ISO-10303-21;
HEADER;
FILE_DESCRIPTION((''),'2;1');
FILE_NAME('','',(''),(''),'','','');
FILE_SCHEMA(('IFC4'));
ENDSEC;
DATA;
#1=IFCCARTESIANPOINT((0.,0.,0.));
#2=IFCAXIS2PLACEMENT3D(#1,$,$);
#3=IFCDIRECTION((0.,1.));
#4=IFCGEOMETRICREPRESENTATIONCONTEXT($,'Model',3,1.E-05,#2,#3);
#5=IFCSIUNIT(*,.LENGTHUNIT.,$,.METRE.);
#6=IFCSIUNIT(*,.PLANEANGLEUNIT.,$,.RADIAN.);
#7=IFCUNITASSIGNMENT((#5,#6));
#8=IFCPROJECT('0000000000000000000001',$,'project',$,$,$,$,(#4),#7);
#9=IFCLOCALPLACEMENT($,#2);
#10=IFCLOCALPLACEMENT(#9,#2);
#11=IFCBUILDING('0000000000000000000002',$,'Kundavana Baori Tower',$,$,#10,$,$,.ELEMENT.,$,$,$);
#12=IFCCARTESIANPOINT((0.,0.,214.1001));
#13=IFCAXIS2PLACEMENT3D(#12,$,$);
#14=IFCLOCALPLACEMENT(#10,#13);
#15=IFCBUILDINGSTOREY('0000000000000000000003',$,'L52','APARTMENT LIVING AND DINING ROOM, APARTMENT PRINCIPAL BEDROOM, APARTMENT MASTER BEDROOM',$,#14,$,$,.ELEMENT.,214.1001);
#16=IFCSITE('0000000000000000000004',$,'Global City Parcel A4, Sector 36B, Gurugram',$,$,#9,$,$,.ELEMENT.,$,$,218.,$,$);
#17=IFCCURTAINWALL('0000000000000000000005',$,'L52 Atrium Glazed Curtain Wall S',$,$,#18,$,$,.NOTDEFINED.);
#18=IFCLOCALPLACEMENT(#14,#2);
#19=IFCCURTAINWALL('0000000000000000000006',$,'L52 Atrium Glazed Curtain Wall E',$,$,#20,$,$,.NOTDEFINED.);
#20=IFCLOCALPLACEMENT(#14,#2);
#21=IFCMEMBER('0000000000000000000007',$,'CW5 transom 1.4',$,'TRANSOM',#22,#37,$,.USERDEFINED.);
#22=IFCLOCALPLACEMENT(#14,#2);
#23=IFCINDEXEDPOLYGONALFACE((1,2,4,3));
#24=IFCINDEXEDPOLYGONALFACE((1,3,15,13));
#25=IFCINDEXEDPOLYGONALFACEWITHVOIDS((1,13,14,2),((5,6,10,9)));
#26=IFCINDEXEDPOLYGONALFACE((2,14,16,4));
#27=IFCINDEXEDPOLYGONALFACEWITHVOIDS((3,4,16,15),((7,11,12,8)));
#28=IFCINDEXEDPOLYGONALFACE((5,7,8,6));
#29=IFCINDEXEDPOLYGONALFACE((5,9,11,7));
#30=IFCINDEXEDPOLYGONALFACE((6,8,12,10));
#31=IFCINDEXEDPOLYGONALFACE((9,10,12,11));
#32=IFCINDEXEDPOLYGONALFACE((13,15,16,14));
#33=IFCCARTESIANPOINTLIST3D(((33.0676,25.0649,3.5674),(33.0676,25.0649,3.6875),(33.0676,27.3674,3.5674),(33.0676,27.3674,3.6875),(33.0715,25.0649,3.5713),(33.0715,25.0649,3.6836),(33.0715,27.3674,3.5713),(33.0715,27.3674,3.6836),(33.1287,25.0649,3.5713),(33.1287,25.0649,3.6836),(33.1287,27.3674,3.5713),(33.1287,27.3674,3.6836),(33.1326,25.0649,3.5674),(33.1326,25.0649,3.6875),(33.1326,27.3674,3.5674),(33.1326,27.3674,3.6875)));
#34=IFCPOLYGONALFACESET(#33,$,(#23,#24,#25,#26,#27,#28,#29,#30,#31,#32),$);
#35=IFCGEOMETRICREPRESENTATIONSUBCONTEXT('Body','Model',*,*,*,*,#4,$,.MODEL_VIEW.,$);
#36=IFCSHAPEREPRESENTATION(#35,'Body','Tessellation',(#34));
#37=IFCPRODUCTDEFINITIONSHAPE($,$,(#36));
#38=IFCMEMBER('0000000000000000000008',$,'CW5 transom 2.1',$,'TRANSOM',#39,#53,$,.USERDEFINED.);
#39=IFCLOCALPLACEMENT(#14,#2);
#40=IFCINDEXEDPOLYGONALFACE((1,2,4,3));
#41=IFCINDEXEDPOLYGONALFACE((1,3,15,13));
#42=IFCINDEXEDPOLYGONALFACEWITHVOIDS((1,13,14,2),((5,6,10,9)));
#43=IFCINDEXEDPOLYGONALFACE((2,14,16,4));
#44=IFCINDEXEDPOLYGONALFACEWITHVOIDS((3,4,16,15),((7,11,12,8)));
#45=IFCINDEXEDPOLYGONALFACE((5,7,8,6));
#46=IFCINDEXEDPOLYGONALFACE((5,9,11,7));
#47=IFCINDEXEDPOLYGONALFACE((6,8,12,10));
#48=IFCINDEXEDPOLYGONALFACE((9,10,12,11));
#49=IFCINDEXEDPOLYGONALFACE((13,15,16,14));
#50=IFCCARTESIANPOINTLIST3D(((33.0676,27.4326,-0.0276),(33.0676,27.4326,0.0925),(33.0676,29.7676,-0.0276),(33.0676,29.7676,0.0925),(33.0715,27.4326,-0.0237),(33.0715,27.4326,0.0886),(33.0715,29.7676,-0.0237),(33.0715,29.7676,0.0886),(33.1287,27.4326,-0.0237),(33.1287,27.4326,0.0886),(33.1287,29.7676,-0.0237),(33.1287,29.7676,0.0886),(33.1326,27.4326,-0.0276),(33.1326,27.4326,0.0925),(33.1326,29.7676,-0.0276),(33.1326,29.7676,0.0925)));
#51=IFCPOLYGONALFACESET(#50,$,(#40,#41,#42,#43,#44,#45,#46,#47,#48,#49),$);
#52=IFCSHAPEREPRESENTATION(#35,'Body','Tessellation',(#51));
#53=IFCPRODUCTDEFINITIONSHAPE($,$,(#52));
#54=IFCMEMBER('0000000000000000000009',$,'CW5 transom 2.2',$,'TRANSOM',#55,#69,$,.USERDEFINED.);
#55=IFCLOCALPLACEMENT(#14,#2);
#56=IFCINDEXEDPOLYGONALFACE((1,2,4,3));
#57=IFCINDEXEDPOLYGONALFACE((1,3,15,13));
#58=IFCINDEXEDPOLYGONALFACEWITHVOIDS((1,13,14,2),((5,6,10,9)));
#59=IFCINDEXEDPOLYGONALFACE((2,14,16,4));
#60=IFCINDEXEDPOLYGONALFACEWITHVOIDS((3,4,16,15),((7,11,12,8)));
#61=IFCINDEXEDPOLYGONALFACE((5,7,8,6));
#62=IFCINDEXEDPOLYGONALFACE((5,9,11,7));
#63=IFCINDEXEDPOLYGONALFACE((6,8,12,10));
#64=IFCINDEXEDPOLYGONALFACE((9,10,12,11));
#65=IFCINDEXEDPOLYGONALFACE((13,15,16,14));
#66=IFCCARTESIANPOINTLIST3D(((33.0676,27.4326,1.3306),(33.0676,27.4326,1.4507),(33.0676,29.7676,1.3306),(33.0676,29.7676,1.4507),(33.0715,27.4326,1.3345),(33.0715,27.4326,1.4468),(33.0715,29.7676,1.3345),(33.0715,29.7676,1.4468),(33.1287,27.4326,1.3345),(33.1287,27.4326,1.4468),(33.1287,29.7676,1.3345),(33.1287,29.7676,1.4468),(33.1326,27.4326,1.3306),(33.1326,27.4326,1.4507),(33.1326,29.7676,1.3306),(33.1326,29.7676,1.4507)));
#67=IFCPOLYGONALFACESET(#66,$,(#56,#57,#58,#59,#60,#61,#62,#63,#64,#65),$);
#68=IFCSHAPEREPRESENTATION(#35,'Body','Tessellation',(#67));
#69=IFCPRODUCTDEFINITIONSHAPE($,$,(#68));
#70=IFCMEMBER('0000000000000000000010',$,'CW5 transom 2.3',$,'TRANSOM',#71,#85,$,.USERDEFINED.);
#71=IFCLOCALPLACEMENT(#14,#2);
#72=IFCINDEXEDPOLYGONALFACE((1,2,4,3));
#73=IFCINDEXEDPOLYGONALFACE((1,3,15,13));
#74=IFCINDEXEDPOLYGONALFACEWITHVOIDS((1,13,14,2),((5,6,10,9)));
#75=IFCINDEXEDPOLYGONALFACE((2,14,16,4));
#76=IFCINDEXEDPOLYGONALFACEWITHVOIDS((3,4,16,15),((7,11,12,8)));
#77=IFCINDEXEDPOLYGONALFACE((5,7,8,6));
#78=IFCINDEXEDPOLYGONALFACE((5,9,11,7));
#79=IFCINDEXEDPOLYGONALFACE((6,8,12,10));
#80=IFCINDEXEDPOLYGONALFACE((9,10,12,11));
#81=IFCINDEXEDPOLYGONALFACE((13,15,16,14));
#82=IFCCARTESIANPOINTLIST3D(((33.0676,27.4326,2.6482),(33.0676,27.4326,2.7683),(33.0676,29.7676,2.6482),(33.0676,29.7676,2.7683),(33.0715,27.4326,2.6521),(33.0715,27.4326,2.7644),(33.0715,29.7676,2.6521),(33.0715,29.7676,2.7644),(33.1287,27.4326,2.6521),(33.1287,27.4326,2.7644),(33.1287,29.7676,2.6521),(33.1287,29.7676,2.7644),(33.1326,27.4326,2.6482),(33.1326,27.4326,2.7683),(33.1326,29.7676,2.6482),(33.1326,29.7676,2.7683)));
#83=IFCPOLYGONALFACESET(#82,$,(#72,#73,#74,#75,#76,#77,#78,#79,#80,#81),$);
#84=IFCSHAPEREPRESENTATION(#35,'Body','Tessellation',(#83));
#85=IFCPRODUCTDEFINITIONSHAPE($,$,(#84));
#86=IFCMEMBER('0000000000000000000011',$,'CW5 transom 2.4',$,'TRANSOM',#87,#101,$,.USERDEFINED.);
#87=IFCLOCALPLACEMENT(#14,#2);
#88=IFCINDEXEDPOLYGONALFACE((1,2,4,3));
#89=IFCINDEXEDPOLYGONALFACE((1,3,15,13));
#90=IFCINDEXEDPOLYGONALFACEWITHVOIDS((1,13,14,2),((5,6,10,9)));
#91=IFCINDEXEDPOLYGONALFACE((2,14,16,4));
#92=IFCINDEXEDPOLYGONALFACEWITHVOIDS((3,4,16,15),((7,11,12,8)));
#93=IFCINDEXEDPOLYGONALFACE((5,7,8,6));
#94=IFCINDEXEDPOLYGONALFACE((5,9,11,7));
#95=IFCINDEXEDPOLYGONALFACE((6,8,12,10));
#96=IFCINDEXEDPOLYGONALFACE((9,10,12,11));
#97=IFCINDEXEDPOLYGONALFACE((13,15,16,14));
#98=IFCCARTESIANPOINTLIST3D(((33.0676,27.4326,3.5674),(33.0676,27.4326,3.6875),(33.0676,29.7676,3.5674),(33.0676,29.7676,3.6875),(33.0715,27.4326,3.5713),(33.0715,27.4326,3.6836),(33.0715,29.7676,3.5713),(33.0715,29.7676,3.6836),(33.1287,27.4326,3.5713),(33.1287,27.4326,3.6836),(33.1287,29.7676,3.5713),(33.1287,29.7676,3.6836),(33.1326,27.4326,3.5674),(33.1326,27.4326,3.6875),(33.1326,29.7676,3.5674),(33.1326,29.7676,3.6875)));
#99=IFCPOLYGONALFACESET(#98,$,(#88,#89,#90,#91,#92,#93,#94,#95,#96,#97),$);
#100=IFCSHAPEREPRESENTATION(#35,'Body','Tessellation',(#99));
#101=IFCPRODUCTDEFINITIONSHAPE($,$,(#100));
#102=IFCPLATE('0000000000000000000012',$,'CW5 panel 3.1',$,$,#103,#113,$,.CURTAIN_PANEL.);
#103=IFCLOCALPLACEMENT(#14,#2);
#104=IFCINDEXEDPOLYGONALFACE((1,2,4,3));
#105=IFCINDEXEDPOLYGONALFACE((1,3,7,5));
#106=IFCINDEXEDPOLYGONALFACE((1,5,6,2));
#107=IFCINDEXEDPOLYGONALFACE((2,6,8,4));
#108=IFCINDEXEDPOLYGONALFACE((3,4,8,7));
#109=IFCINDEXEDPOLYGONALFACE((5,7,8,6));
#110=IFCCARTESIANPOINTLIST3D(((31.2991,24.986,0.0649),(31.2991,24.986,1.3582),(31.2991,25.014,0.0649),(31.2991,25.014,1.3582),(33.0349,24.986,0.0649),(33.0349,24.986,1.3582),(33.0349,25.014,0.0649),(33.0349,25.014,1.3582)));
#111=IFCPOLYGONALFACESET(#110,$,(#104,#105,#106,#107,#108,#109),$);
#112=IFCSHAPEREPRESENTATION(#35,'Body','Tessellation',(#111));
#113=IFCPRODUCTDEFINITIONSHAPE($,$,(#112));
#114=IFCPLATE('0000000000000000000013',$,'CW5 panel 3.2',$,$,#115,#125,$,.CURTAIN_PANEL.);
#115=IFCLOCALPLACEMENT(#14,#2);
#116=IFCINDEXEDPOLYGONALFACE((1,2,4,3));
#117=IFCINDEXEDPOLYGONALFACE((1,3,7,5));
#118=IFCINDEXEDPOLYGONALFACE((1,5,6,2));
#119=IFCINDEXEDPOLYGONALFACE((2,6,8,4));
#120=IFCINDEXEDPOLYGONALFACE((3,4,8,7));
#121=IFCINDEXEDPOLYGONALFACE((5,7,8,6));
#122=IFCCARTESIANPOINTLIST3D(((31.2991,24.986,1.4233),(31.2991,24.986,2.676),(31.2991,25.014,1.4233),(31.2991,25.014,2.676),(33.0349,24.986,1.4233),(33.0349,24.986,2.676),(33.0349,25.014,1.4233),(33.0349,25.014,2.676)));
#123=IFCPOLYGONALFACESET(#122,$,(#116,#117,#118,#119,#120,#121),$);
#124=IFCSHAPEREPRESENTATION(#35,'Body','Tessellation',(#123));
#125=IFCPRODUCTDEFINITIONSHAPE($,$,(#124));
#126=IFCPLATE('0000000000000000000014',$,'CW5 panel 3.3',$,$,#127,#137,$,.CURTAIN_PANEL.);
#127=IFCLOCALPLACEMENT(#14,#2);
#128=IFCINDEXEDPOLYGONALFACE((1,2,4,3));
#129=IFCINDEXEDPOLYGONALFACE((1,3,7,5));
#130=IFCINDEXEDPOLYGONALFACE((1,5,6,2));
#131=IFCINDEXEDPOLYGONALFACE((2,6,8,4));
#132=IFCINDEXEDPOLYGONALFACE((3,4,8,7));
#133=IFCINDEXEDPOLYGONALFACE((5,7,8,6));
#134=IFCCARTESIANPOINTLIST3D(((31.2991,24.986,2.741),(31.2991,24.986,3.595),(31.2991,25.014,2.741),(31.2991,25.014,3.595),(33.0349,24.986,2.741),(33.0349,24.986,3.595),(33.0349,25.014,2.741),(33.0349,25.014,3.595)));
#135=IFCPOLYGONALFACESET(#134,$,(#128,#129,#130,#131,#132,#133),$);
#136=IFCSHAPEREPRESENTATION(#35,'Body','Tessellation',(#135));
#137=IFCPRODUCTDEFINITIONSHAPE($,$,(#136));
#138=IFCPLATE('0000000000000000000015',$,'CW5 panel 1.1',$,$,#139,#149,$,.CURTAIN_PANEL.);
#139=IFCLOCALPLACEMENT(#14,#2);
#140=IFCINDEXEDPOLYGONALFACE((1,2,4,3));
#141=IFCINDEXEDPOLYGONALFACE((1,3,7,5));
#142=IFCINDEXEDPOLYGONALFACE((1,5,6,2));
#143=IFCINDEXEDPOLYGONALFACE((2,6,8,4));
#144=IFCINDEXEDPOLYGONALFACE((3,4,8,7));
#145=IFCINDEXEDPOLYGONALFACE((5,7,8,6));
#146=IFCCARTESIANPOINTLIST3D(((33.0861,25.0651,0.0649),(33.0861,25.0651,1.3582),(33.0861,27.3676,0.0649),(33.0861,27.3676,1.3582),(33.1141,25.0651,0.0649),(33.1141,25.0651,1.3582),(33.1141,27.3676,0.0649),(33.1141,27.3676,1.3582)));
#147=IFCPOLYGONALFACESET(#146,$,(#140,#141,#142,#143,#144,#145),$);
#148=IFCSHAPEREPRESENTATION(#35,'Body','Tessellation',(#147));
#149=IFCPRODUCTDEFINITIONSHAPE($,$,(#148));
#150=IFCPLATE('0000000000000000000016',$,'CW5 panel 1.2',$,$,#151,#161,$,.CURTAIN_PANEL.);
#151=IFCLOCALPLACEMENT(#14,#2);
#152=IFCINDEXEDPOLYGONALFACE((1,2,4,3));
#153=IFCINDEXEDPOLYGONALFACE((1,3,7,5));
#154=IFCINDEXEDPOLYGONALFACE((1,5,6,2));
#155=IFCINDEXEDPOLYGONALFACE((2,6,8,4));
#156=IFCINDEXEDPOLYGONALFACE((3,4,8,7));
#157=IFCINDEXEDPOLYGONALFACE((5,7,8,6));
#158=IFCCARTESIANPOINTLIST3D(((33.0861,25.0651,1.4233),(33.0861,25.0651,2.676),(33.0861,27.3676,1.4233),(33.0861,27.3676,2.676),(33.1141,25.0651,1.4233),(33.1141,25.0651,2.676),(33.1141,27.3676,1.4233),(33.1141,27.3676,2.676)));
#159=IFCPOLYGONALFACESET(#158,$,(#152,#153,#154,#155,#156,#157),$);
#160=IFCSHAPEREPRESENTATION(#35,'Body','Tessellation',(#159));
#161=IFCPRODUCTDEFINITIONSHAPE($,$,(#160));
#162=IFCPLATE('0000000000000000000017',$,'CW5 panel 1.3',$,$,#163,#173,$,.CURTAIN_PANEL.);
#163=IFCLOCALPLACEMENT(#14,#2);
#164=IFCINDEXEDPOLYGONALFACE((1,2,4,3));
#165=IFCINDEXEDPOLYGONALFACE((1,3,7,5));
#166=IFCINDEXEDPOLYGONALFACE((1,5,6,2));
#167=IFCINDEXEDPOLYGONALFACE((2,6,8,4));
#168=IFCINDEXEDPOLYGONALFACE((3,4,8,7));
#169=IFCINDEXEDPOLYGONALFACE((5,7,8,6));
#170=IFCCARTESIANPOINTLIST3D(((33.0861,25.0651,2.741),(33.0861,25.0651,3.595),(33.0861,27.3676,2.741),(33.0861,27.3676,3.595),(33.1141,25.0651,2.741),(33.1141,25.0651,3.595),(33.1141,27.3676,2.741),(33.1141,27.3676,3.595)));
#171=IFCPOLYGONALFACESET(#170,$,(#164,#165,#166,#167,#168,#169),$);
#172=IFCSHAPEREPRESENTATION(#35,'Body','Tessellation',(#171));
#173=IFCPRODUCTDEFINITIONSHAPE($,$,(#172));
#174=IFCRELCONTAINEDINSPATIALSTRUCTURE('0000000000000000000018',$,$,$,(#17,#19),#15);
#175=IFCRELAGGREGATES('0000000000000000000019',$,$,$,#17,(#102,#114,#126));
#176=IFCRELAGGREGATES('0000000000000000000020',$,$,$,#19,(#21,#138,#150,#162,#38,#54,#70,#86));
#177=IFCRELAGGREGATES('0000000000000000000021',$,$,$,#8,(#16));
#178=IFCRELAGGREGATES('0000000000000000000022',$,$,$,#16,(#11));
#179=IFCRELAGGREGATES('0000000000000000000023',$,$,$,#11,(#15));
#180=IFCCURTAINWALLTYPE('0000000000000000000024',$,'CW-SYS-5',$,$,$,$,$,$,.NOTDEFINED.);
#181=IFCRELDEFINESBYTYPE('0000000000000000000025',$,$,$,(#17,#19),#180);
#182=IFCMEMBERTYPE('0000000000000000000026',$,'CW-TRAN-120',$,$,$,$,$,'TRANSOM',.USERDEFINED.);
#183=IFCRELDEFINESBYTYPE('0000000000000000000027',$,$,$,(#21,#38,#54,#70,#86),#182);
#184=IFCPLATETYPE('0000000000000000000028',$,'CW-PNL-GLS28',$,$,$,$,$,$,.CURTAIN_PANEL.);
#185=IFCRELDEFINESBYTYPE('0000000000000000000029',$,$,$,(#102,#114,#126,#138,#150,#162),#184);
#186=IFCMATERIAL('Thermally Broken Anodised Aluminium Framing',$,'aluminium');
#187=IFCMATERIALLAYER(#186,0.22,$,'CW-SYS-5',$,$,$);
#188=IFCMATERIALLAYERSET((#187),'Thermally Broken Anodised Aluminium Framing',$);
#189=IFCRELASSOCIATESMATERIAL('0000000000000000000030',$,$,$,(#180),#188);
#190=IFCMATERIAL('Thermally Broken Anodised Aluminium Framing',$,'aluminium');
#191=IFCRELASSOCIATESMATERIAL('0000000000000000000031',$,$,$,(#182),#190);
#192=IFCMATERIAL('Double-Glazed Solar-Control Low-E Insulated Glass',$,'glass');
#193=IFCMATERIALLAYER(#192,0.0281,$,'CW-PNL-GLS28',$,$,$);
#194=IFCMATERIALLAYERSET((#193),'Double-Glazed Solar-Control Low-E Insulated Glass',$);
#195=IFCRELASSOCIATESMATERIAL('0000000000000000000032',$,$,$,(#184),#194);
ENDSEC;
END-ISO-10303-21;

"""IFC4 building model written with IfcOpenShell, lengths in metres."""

from ifc_helpers import new_model, si_unit, direction, frame, origin, origin_2d, place, context, subcontext, project, spatial, rectangle, hollow_rectangle, extrude, material, layer, layer_set, material_profile, profile_set, type_object, element, aggregate, save


model = new_model("IFC4")

# Units and contexts
model_context = context("Model", 3, precision=1e-05, world=origin(), true_north=direction((0.0, 1.0)))
body_context = subcontext(model_context, "Body", "Model", "MODEL_VIEW")
ifc_project = project(units=[si_unit("LENGTHUNIT", "METRE"), si_unit("PLANEANGLEUNIT", "RADIAN")], contexts=[model_context])

# Site, building, storey
site_placement = place(None, origin())
site = spatial("IfcSite", under=ifc_project, at=site_placement, Name="Global City Parcel A4, Sector 36B, Gurugram", CompositionType="ELEMENT", RefElevation=218.0)
building_placement = place(site_placement, origin())
building = spatial("IfcBuilding", under=site, at=building_placement, Name="Kundavana Baori Tower", CompositionType="ELEMENT")
storey_placement = place(building_placement, frame((0.0, 0.0, 214.1001)))
storey = spatial("IfcBuildingStorey", under=building, at=storey_placement, Name="L52", Description="APARTMENT LIVING AND DINING ROOM, APARTMENT PRINCIPAL BEDROOM, APARTMENT MASTER BEDROOM", CompositionType="ELEMENT", Elevation=214.1001)

# Curtain walls
ifc_material_1 = material(Name="Thermally Broken Anodised Aluminium Framing", Category="aluminium")
ifc_layer_1 = layer(ifc_material_1, 0.22, Name="CW-SYS-5")
ifc_layer_set_1 = layer_set([ifc_layer_1], Name="Thermally Broken Anodised Aluminium Framing")
curtain_wall_type = type_object("IfcCurtainWallType", Name="CW-SYS-5", PredefinedType="NOTDEFINED", material=ifc_layer_set_1)
curtain_wall_1_placement = place(storey_placement, origin())
curtain_wall_1 = element("IfcCurtainWall", 1, at=curtain_wall_1_placement, inside=storey, type_object=curtain_wall_type, Name="L52 Atrium Glazed Curtain Wall S", PredefinedType="NOTDEFINED")
curtain_wall_2_placement = place(storey_placement, origin())
curtain_wall_2 = element("IfcCurtainWall", 2, at=curtain_wall_2_placement, inside=storey, type_object=curtain_wall_type, Name="L52 Atrium Glazed Curtain Wall E", PredefinedType="NOTDEFINED")

# Members
ifc_material_2 = material(Name="Thermally Broken Anodised Aluminium Framing", Category="aluminium")
ifc_material_profile_1 = material_profile(ifc_material_2, hollow_rectangle(XDim=0.0649, YDim=0.1201, WallThickness=0.0039, at=origin_2d()), Name="CW-TRAN-120")
ifc_profile_set_1 = profile_set([ifc_material_profile_1], Name="Thermally Broken Anodised Aluminium Framing")
member_type_1 = type_object("IfcMemberType", Name="CW-TRAN-120", ElementType="TRANSOM", PredefinedType="USERDEFINED", material=ifc_profile_set_1)
member_1_placement = place(storey_placement, frame((33.1001, 25.0649, 3.6274), z_axis=(0.0, 1.0, 0.0), x_axis=(-1.0, 0.0, 0.0)))
member_1 = element("IfcMember", 3, at=member_1_placement, type_object=member_type_1, Name="CW5 transom 1.4", ObjectType="TRANSOM", PredefinedType="USERDEFINED", context=body_context, shape_type="SweptSolid", body=[
    extrude(hollow_rectangle(XDim=0.0649, YDim=0.1201, WallThickness=0.0039, at=origin_2d()), origin(), (0.0, 0.0, 1.0), 2.3025),
])
member_2_placement = place(storey_placement, frame((33.1001, 27.4326, 0.0325), z_axis=(0.0, 1.0, 0.0), x_axis=(-1.0, 0.0, 0.0)))
member_2 = element("IfcMember", 4, at=member_2_placement, type_object=member_type_1, Name="CW5 transom 2.1", ObjectType="TRANSOM", PredefinedType="USERDEFINED", context=body_context, shape_type="SweptSolid", body=[
    extrude(hollow_rectangle(XDim=0.0649, YDim=0.1201, WallThickness=0.0039, at=origin_2d()), origin(), (0.0, 0.0, 1.0), 2.335),
])
member_3_placement = place(storey_placement, frame((33.1001, 27.4326, 1.3906), z_axis=(0.0, 1.0, 0.0), x_axis=(-1.0, 0.0, 0.0)))
member_3 = element("IfcMember", 5, at=member_3_placement, type_object=member_type_1, Name="CW5 transom 2.2", ObjectType="TRANSOM", PredefinedType="USERDEFINED", context=body_context, shape_type="SweptSolid", body=[
    extrude(hollow_rectangle(XDim=0.0649, YDim=0.1201, WallThickness=0.0039, at=origin_2d()), origin(), (0.0, 0.0, 1.0), 2.335),
])
member_4_placement = place(storey_placement, frame((33.1001, 27.4326, 2.7083), z_axis=(0.0, 1.0, 0.0), x_axis=(-1.0, 0.0, 0.0)))
member_4 = element("IfcMember", 6, at=member_4_placement, type_object=member_type_1, Name="CW5 transom 2.3", ObjectType="TRANSOM", PredefinedType="USERDEFINED", context=body_context, shape_type="SweptSolid", body=[
    extrude(hollow_rectangle(XDim=0.0649, YDim=0.1201, WallThickness=0.0039, at=origin_2d()), origin(), (0.0, 0.0, 1.0), 2.335),
])
member_5_placement = place(storey_placement, frame((33.1001, 27.4326, 3.6274), z_axis=(0.0, 1.0, 0.0), x_axis=(-1.0, 0.0, 0.0)))
member_5 = element("IfcMember", 7, at=member_5_placement, type_object=member_type_1, Name="CW5 transom 2.4", ObjectType="TRANSOM", PredefinedType="USERDEFINED", context=body_context, shape_type="SweptSolid", body=[
    extrude(hollow_rectangle(XDim=0.0649, YDim=0.1201, WallThickness=0.0039, at=origin_2d()), origin(), (0.0, 0.0, 1.0), 2.335),
])

# Plates
ifc_material_3 = material(Name="Double-Glazed Solar-Control Low-E Insulated Glass", Category="glass")
ifc_layer_2 = layer(ifc_material_3, 0.0281, Name="CW-PNL-GLS28")
ifc_layer_set_2 = layer_set([ifc_layer_2], Name="Double-Glazed Solar-Control Low-E Insulated Glass")
plate_type = type_object("IfcPlateType", Name="CW-PNL-GLS28", PredefinedType="CURTAIN_PANEL", material=ifc_layer_set_2)
plate_1_placement = place(storey_placement, frame((32.167, 25.0, 0.0649), z_axis=(0.0, 0.0, 1.0), x_axis=(1.0, 0.0, 0.0)))
plate_1 = element("IfcPlate", 8, at=plate_1_placement, type_object=plate_type, Name="CW5 panel 3.1", PredefinedType="CURTAIN_PANEL", context=body_context, shape_type="SweptSolid", body=[
    extrude(rectangle(XDim=1.7358, YDim=0.0281, at=origin_2d()), origin(), (0.0, 0.0, 1.0), 1.2932),
])
plate_2_placement = place(storey_placement, frame((32.167, 25.0, 1.4233), z_axis=(0.0, 0.0, 1.0), x_axis=(1.0, 0.0, 0.0)))
plate_2 = element("IfcPlate", 9, at=plate_2_placement, type_object=plate_type, Name="CW5 panel 3.2", PredefinedType="CURTAIN_PANEL", context=body_context, shape_type="SweptSolid", body=[
    extrude(rectangle(XDim=1.7358, YDim=0.0281, at=origin_2d()), origin(), (0.0, 0.0, 1.0), 1.2527),
])
plate_3_placement = place(storey_placement, frame((32.167, 25.0, 2.741), z_axis=(0.0, 0.0, 1.0), x_axis=(1.0, 0.0, 0.0)))
plate_3 = element("IfcPlate", 10, at=plate_3_placement, type_object=plate_type, Name="CW5 panel 3.3", PredefinedType="CURTAIN_PANEL", context=body_context, shape_type="SweptSolid", body=[
    extrude(rectangle(XDim=1.7358, YDim=0.0281, at=origin_2d()), origin(), (0.0, 0.0, 1.0), 0.854),
])
aggregate(curtain_wall_1, [plate_1, plate_2, plate_3])
plate_4_placement = place(storey_placement, frame((33.1001, 26.2163, 0.0649), z_axis=(0.0, 0.0, 1.0), x_axis=(0.0, 1.0, 0.0)))
plate_4 = element("IfcPlate", 11, at=plate_4_placement, type_object=plate_type, Name="CW5 panel 1.1", PredefinedType="CURTAIN_PANEL", context=body_context, shape_type="SweptSolid", body=[
    extrude(rectangle(XDim=2.3025, YDim=0.0281, at=origin_2d()), origin(), (0.0, 0.0, 1.0), 1.2932),
])
plate_5_placement = place(storey_placement, frame((33.1001, 26.2163, 1.4233), z_axis=(0.0, 0.0, 1.0), x_axis=(0.0, 1.0, 0.0)))
plate_5 = element("IfcPlate", 12, at=plate_5_placement, type_object=plate_type, Name="CW5 panel 1.2", PredefinedType="CURTAIN_PANEL", context=body_context, shape_type="SweptSolid", body=[
    extrude(rectangle(XDim=2.3025, YDim=0.0281, at=origin_2d()), origin(), (0.0, 0.0, 1.0), 1.2527),
])
plate_6_placement = place(storey_placement, frame((33.1001, 26.2163, 2.741), z_axis=(0.0, 0.0, 1.0), x_axis=(0.0, 1.0, 0.0)))
plate_6 = element("IfcPlate", 13, at=plate_6_placement, type_object=plate_type, Name="CW5 panel 1.3", PredefinedType="CURTAIN_PANEL", context=body_context, shape_type="SweptSolid", body=[
    extrude(rectangle(XDim=2.3025, YDim=0.0281, at=origin_2d()), origin(), (0.0, 0.0, 1.0), 0.854),
])
aggregate(curtain_wall_2, [member_1, plate_4, plate_5, plate_6, member_2, member_3, member_4, member_5])

save(model, "model.ifc")
